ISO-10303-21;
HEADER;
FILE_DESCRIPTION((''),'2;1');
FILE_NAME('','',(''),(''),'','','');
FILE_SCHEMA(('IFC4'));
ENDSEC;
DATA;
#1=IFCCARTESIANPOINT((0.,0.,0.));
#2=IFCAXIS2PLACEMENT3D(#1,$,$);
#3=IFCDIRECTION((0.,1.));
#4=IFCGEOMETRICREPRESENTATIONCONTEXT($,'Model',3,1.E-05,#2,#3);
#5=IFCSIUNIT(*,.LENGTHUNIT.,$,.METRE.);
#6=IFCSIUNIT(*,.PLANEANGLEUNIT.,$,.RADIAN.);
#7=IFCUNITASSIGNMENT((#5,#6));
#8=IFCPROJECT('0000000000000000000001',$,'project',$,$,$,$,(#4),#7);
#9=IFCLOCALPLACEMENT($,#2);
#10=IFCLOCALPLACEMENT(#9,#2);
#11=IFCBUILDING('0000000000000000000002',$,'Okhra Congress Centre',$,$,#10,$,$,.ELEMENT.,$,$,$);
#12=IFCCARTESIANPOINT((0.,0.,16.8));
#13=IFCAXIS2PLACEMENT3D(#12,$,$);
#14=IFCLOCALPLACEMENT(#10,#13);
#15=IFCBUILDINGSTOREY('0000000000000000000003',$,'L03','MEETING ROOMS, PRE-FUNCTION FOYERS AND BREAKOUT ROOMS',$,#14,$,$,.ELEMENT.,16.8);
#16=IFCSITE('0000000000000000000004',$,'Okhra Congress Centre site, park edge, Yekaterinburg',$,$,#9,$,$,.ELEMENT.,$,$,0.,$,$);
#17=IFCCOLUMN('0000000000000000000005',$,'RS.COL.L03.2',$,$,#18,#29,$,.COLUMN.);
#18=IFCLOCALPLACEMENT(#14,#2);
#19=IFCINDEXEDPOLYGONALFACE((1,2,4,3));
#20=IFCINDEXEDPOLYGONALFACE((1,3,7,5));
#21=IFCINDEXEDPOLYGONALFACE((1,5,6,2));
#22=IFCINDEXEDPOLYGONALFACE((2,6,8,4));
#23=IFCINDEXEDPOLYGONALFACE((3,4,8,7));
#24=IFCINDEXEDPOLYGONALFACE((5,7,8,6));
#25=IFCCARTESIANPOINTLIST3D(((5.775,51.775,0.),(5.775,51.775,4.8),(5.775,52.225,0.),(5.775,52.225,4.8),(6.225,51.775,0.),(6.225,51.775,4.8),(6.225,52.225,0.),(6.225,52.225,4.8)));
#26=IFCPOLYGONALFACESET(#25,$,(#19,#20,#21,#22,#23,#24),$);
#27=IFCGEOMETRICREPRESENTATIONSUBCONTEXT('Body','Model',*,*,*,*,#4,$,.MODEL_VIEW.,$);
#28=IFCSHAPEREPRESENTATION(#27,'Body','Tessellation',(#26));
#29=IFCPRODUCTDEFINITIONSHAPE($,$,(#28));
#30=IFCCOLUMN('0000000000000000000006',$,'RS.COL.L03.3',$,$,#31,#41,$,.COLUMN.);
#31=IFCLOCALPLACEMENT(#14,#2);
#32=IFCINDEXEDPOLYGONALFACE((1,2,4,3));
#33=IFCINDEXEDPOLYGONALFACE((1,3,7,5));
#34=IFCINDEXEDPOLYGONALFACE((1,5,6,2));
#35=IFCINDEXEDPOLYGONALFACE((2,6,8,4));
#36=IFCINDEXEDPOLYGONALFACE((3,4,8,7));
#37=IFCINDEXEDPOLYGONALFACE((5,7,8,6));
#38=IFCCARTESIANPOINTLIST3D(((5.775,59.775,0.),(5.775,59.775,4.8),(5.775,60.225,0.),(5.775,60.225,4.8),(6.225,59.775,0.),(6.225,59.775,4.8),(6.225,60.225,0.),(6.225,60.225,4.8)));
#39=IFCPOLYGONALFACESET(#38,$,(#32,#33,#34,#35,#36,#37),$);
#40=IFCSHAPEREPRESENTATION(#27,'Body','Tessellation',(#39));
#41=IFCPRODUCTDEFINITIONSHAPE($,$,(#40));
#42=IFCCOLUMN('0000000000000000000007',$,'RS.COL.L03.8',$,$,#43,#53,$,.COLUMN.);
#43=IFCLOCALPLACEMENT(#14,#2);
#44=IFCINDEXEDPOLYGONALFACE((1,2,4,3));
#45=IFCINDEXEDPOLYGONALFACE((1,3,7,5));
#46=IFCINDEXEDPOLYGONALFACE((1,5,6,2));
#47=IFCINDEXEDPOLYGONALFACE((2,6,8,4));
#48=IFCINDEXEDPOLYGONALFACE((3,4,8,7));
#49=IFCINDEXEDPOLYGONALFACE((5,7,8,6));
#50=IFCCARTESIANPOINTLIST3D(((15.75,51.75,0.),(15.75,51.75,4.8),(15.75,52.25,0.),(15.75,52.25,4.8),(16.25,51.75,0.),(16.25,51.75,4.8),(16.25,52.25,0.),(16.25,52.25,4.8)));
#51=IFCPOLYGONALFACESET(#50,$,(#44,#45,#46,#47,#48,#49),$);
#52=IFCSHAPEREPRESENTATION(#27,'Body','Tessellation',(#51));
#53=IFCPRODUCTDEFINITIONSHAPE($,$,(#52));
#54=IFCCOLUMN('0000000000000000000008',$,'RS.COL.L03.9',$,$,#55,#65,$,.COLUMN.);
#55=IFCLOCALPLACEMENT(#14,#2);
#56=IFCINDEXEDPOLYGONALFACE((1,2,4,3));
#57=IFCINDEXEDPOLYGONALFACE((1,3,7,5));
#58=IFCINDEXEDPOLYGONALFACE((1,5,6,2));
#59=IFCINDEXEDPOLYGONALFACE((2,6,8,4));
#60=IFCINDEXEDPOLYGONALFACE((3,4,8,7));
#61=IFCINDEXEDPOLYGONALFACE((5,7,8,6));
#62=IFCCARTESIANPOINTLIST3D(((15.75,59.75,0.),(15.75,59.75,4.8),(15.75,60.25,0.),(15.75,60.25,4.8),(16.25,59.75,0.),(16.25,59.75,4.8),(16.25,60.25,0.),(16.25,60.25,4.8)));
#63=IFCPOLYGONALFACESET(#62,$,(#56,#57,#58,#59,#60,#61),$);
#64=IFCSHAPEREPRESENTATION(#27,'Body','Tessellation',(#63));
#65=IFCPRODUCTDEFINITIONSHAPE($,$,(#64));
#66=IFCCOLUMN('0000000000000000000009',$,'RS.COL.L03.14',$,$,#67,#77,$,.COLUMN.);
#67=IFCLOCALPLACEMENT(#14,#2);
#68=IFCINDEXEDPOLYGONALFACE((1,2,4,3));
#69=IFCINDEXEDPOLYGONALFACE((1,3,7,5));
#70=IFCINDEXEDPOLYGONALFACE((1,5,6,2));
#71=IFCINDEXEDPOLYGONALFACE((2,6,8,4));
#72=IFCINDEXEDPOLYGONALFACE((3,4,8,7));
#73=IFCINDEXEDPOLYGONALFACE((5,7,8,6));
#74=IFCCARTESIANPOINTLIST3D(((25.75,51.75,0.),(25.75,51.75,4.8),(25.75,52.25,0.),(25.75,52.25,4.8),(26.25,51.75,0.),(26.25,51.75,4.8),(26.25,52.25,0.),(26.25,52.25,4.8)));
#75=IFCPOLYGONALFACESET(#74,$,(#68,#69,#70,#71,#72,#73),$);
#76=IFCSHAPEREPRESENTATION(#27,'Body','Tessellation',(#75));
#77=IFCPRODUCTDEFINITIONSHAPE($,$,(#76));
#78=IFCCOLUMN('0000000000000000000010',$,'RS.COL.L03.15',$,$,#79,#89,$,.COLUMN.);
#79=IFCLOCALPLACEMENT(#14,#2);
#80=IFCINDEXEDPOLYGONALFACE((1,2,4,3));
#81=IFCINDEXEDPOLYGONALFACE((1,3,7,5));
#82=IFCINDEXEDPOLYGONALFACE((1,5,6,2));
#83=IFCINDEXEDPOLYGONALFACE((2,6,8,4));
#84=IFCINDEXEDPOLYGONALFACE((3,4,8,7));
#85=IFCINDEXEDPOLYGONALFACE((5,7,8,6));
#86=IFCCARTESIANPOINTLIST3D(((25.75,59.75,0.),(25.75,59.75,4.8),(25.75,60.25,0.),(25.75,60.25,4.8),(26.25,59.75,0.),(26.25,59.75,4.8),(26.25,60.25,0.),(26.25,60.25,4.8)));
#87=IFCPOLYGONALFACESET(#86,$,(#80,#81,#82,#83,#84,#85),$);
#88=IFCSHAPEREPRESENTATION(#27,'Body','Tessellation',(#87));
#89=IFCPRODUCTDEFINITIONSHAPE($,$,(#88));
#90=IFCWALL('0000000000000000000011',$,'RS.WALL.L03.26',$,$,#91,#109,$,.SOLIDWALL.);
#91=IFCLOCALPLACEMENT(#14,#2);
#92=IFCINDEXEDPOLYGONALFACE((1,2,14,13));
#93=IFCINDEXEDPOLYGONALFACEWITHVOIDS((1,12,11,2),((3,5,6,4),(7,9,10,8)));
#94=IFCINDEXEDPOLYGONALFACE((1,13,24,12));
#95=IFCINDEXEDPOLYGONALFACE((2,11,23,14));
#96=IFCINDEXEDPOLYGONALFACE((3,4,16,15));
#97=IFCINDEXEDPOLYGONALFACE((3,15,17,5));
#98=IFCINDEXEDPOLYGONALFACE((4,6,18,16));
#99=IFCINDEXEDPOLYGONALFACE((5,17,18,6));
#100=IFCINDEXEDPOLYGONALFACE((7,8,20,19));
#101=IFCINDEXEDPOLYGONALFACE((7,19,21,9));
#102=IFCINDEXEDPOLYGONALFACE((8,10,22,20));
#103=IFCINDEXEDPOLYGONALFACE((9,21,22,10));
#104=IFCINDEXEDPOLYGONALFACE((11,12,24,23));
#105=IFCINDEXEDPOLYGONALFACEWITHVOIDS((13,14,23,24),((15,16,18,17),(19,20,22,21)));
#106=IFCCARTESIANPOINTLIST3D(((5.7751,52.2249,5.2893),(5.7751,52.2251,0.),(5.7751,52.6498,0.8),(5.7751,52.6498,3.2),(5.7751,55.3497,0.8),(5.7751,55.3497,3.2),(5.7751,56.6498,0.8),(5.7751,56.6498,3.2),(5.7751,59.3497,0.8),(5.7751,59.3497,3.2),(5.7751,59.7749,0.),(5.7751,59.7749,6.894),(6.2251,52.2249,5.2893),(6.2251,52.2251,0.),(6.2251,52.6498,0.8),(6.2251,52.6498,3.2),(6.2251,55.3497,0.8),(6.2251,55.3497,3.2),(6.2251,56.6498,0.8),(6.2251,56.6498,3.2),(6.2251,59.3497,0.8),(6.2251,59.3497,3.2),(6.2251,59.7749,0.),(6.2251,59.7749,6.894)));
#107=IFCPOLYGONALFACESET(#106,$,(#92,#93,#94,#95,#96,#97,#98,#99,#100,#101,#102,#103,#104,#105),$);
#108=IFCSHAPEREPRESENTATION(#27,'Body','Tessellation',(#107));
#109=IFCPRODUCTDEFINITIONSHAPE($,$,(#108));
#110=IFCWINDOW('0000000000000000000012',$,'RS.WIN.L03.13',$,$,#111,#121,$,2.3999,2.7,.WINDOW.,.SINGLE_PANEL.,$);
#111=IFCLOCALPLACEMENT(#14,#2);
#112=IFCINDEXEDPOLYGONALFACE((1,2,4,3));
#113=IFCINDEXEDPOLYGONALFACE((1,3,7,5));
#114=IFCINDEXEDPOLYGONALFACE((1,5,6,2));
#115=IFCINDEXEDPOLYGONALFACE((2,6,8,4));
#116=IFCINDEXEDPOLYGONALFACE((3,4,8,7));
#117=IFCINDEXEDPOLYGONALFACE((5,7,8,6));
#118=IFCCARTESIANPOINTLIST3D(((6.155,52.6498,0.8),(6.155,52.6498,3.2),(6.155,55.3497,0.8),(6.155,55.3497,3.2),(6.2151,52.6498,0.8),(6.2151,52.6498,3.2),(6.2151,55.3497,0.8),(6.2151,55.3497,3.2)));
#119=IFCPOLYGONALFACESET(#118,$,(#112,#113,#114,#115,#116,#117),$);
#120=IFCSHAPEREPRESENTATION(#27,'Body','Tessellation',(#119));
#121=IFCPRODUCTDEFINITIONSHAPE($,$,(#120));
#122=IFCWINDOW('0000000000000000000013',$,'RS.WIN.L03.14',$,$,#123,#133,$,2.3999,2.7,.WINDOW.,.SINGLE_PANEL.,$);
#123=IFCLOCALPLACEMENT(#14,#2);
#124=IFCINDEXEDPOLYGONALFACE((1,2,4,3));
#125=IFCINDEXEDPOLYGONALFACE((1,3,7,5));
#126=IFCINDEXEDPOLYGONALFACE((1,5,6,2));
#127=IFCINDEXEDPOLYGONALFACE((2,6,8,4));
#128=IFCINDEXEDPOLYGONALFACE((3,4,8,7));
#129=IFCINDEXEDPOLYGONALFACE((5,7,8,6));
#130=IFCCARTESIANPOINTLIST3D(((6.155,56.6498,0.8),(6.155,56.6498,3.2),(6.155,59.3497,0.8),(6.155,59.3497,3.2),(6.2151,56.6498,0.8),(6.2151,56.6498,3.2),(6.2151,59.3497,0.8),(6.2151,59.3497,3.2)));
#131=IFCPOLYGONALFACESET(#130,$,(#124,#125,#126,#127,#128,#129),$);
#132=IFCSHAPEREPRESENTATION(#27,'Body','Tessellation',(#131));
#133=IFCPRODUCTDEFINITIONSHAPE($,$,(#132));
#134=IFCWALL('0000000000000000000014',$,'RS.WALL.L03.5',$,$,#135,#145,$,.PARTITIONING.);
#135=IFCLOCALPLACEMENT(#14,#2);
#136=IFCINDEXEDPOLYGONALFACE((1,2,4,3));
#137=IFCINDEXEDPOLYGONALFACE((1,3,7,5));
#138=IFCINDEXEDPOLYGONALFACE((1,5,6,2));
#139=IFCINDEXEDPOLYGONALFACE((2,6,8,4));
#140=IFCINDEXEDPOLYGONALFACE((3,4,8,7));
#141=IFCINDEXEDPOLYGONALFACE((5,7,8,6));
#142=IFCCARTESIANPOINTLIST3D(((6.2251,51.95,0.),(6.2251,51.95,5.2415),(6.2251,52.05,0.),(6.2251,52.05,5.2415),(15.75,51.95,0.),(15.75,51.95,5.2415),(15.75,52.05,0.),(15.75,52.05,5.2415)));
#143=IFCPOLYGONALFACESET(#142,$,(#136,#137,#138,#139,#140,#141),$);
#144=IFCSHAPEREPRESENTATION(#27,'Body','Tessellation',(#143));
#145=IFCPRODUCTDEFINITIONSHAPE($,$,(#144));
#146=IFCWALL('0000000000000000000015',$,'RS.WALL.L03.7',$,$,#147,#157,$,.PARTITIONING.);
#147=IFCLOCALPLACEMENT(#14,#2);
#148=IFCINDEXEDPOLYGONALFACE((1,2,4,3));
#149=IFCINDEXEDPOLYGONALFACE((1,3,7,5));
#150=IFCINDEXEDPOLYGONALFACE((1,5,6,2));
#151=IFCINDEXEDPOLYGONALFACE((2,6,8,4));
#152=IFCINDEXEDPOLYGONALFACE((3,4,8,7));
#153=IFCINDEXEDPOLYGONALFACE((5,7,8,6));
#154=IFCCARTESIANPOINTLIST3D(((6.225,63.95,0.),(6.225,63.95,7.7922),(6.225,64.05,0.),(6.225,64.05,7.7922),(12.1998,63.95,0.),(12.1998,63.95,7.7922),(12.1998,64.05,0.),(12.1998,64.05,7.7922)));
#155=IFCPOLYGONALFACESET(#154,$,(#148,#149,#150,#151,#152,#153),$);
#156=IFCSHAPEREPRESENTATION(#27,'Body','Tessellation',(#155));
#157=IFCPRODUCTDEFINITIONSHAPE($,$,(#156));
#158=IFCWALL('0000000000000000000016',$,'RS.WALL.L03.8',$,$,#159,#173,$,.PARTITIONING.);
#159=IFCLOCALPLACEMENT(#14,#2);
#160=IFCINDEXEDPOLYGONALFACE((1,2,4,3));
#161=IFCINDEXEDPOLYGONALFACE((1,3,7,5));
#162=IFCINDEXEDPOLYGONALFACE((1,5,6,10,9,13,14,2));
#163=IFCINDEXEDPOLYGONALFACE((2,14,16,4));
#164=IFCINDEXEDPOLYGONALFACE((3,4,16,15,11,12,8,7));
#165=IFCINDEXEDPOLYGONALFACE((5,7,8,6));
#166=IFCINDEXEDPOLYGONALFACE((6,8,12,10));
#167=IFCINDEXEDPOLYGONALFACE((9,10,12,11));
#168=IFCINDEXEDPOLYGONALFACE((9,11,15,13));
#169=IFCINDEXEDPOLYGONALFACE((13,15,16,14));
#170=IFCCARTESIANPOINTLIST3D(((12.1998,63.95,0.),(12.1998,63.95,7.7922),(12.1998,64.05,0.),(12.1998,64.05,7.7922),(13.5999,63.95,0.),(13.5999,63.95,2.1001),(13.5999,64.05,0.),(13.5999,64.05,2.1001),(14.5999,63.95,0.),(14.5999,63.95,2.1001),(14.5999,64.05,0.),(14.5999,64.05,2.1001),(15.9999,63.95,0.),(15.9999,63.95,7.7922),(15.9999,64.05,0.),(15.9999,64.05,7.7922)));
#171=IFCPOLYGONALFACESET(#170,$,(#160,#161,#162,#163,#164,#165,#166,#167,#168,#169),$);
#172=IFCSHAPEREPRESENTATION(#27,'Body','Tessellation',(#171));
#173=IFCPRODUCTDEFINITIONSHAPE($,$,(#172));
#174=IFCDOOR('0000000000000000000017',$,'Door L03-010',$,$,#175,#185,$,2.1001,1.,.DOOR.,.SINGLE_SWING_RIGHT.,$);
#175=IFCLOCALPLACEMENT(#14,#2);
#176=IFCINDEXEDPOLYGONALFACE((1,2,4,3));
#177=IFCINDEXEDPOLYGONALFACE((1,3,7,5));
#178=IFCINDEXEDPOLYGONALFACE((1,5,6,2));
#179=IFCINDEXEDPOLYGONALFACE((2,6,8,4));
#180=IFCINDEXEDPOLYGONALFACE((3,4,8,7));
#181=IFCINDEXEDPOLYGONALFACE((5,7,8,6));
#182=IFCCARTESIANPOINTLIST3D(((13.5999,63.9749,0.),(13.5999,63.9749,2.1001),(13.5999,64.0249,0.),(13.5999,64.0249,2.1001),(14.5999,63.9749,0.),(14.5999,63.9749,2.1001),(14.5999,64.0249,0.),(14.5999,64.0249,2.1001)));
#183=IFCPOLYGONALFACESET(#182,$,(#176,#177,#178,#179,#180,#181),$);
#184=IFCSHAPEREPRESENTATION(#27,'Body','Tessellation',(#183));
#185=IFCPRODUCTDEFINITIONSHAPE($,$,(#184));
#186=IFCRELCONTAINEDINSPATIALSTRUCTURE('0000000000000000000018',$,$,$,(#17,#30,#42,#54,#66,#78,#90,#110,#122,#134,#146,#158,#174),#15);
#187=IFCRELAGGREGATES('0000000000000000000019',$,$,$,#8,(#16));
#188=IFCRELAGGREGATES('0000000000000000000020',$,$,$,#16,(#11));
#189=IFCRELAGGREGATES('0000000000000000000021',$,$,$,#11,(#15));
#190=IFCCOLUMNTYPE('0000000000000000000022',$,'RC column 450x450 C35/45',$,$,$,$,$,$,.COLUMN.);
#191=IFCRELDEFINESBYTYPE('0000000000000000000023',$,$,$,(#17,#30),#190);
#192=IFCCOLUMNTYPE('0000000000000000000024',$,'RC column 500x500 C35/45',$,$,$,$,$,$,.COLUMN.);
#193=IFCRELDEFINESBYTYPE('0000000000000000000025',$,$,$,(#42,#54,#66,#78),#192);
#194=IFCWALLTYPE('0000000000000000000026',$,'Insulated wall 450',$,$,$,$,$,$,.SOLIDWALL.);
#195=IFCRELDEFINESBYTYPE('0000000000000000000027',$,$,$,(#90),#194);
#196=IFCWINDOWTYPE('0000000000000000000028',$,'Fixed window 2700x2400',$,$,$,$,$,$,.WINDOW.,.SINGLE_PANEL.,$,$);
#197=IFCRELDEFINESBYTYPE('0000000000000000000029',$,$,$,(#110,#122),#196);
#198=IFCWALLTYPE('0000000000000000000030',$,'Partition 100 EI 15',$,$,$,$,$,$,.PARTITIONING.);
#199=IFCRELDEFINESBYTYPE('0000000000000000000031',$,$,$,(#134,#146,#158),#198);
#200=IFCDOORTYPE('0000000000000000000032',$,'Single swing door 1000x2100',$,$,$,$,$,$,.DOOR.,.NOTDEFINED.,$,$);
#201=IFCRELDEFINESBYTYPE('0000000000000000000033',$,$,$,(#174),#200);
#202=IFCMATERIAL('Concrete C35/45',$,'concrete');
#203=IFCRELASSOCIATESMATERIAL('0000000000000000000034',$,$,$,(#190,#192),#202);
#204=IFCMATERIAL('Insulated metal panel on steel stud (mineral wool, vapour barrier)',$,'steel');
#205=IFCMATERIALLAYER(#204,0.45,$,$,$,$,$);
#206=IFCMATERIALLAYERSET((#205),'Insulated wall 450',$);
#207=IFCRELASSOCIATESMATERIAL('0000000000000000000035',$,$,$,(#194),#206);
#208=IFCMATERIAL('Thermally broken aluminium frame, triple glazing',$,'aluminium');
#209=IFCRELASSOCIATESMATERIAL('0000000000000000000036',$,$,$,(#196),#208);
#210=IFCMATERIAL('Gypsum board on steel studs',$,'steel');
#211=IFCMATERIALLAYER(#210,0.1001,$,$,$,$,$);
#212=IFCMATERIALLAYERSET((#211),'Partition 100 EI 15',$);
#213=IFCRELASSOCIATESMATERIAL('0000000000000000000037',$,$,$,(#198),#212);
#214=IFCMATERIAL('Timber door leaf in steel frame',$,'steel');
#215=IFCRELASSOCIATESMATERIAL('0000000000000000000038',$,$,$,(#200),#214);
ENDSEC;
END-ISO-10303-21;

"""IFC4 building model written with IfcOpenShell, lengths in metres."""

from ifc_helpers import new_model, si_unit, direction, frame, frame_2d, origin, origin_2d, place, context, subcontext, project, spatial, polyline, rectangle, outline, extrude, material, layer, layer_set, material_profile, profile_set, type_object, element, fill, save


model = new_model("IFC4")

# Units and contexts
model_context = context("Model", 3, precision=1e-05, world=origin(), true_north=direction((0.0, 1.0)))
body_context = subcontext(model_context, "Body", "Model", "MODEL_VIEW")
ifc_project = project(units=[si_unit("LENGTHUNIT", "METRE"), si_unit("PLANEANGLEUNIT", "RADIAN")], contexts=[model_context])

# Site, building, storey
site_placement = place(None, origin())
site = spatial("IfcSite", under=ifc_project, at=site_placement, Name="Okhra Congress Centre site, park edge, Yekaterinburg", CompositionType="ELEMENT", RefElevation=0.0)
building_placement = place(site_placement, origin())
building = spatial("IfcBuilding", under=site, at=building_placement, Name="Okhra Congress Centre", CompositionType="ELEMENT")
storey_placement = place(building_placement, frame((0.0, 0.0, 16.8)))
storey = spatial("IfcBuildingStorey", under=building, at=storey_placement, Name="L03", Description="MEETING ROOMS, PRE-FUNCTION FOYERS AND BREAKOUT ROOMS", CompositionType="ELEMENT", Elevation=16.8)

# Columns
ifc_material_1 = material(Name="Concrete C35/45", Category="concrete")
ifc_material_profile_1 = material_profile(ifc_material_1, rectangle(XDim=0.45, YDim=0.45, at=origin_2d()), Name="RC 450x450")
ifc_profile_set_1 = profile_set([ifc_material_profile_1], Name="Concrete C35/45")
column_type_1 = type_object("IfcColumnType", Name="RC column 450x450 C35/45", PredefinedType="COLUMN", material=ifc_profile_set_1)
for number, where, z_axis, x_axis, name in (
    (1, (6.0, 52.0, 0.0), (0.0, 0.0, 1.0), (1.0, 0.0, 0.0), "RS.COL.L03.2"),
    (2, (6.0, 60.0, 0.0), (0.0, 0.0, 1.0), (1.0, 0.0, 0.0), "RS.COL.L03.3"),
):
    element("IfcColumn", number, at=place(storey_placement, frame(where, z_axis=z_axis, x_axis=x_axis)), inside=storey, type_object=column_type_1, Name=name, PredefinedType="COLUMN", context=body_context, shape_type="SweptSolid", body=[
        extrude(rectangle(XDim=0.45, YDim=0.45, at=origin_2d()), origin(), (0.0, 0.0, 1.0), 4.8),
    ])
ifc_material_profile_2 = material_profile(ifc_material_1, rectangle(XDim=0.5, YDim=0.5, at=origin_2d()), Name="RC 500x500")
ifc_profile_set_2 = profile_set([ifc_material_profile_2], Name="Concrete C35/45")
column_type_2 = type_object("IfcColumnType", Name="RC column 500x500 C35/45", PredefinedType="COLUMN", material=ifc_profile_set_2)
for number, where, z_axis, x_axis, name in (
    (3, (16.0, 52.0, 0.0), (0.0, 0.0, 1.0), (1.0, 0.0, 0.0), "RS.COL.L03.8"),
    (4, (16.0, 60.0, 0.0), (0.0, 0.0, 1.0), (1.0, 0.0, 0.0), "RS.COL.L03.9"),
    (5, (26.0, 52.0, 0.0), (0.0, 0.0, 1.0), (1.0, 0.0, 0.0), "RS.COL.L03.14"),
    (6, (26.0, 60.0, 0.0), (0.0, 0.0, 1.0), (1.0, 0.0, 0.0), "RS.COL.L03.15"),
):
    element("IfcColumn", number, at=place(storey_placement, frame(where, z_axis=z_axis, x_axis=x_axis)), inside=storey, type_object=column_type_2, Name=name, PredefinedType="COLUMN", context=body_context, shape_type="SweptSolid", body=[
        extrude(rectangle(XDim=0.5, YDim=0.5, at=origin_2d()), origin(), (0.0, 0.0, 1.0), 4.8),
    ])

# Wall, openings, windows
ifc_material_2 = material(Name="Insulated metal panel on steel stud (mineral wool, vapour barrier)", Category="steel")
ifc_layer_1 = layer(ifc_material_2, 0.45)
ifc_layer_set_1 = layer_set([ifc_layer_1], Name="Insulated wall 450")
wall_type_1 = type_object("IfcWallType", Name="Insulated wall 450", PredefinedType="SOLIDWALL", material=ifc_layer_set_1)
wall_1_placement = place(storey_placement, frame((6.0, 59.7749, 0.0), z_axis=(0.0, 0.0, 1.0), x_axis=(0.0, -1.0, 0.0)))
wall_1 = element("IfcWall", 7, at=wall_1_placement, inside=storey, type_object=wall_type_1, Name="RS.WALL.L03.26", PredefinedType="SOLIDWALL", context=body_context, shape_type="SweptSolid", body=[
    extrude(outline(polyline([(0.0, 0.0), (7.5498, 0.0), (7.55, 5.2893), (0.0, 6.894), (0.0, 0.0)])), frame((0.0, 0.2251, 0.0), z_axis=(0.0, -1.0, 0.0), x_axis=(1.0, 0.0, 0.0)), (0.0, 0.0, 1.0), 0.45),
])
opening_1_placement = place(wall_1_placement, frame((4.425, 0.0, 0.8)))
opening_1 = element("IfcOpeningElement", 8, at=opening_1_placement, cuts=wall_1, PredefinedType="OPENING", context=body_context, shape_type="SweptSolid", body=[
    extrude(rectangle(XDim=2.7, YDim=2.3999, at=frame_2d((1.3501, 1.2))), frame((0.0, 0.2349, 0.0), z_axis=(0.0, -1.0, 0.0), x_axis=(1.0, 0.0, 0.0)), (0.0, 0.0, 1.0), 0.47),
])
opening_2_placement = place(wall_1_placement, frame((0.425, 0.0, 0.8)))
opening_2 = element("IfcOpeningElement", 9, at=opening_2_placement, cuts=wall_1, PredefinedType="OPENING", context=body_context, shape_type="SweptSolid", body=[
    extrude(rectangle(XDim=2.7, YDim=2.3999, at=frame_2d((1.3501, 1.2))), frame((0.0, 0.2349, 0.0), z_axis=(0.0, -1.0, 0.0), x_axis=(1.0, 0.0, 0.0)), (0.0, 0.0, 1.0), 0.47),
])
ifc_material_3 = material(Name="Thermally broken aluminium frame, triple glazing", Category="aluminium")
window_type = type_object("IfcWindowType", Name="Fixed window 2700x2400", PartitioningType="SINGLE_PANEL", PredefinedType="WINDOW", material=ifc_material_3)
window_1_placement = place(opening_1_placement, origin())
window_1 = element("IfcWindow", 10, at=window_1_placement, inside=storey, type_object=window_type, Name="RS.WIN.L03.13", OverallHeight=2.3999, OverallWidth=2.7, PartitioningType="SINGLE_PANEL", PredefinedType="WINDOW", context=body_context, shape_type="SweptSolid", body=[
    extrude(rectangle(XDim=2.7, YDim=2.3999, at=frame_2d((1.3501, 1.2))), frame((0.0, 0.2151, 0.0), z_axis=(0.0, -1.0, 0.0), x_axis=(1.0, 0.0, 0.0)), (0.0, 0.0, 1.0), 0.0601),
])
fill(opening_1, window_1)
window_2_placement = place(opening_2_placement, origin())
window_2 = element("IfcWindow", 11, at=window_2_placement, inside=storey, type_object=window_type, Name="RS.WIN.L03.14", OverallHeight=2.3999, OverallWidth=2.7, PartitioningType="SINGLE_PANEL", PredefinedType="WINDOW", context=body_context, shape_type="SweptSolid", body=[
    extrude(rectangle(XDim=2.7, YDim=2.3999, at=frame_2d((1.3501, 1.2))), frame((0.0, 0.2151, 0.0), z_axis=(0.0, -1.0, 0.0), x_axis=(1.0, 0.0, 0.0)), (0.0, 0.0, 1.0), 0.0601),
])
fill(opening_2, window_2)

# Walls
ifc_material_4 = material(Name="Gypsum board on steel studs", Category="steel")
ifc_layer_2 = layer(ifc_material_4, 0.1001)
ifc_layer_set_2 = layer_set([ifc_layer_2], Name="Partition 100 EI 15")
wall_type_2 = type_object("IfcWallType", Name="Partition 100 EI 15", PredefinedType="PARTITIONING", material=ifc_layer_set_2)
wall_2_placement = place(storey_placement, frame((6.2251, 52.0, 0.0), z_axis=(0.0, 0.0, 1.0), x_axis=(1.0, 0.0, 0.0)))
element("IfcWall", 12, at=wall_2_placement, inside=storey, type_object=wall_type_2, Name="RS.WALL.L03.5", PredefinedType="PARTITIONING", context=body_context, shape_type="SweptSolid", body=[
    extrude(rectangle(XDim=9.5249, YDim=0.1001, at=frame_2d((4.7625, 0.0))), origin(), (0.0, 0.0, 1.0), 5.2415),
])
wall_3_placement = place(storey_placement, frame((6.2251, 64.0, 0.0), z_axis=(0.0, 0.0, 1.0), x_axis=(1.0, 0.0, 0.0)))
element("IfcWall", 13, at=wall_3_placement, inside=storey, type_object=wall_type_2, Name="RS.WALL.L03.7", PredefinedType="PARTITIONING", context=body_context, shape_type="SweptSolid", body=[
    extrude(rectangle(XDim=5.9749, YDim=0.1001, at=frame_2d((2.9873, 0.0))), origin(), (0.0, 0.0, 1.0), 7.7922),
])

# Wall, opening, door
wall_4_placement = place(storey_placement, frame((12.2, 64.0, 0.0), z_axis=(0.0, 0.0, 1.0), x_axis=(1.0, 0.0, 0.0)))
wall_4 = element("IfcWall", 14, at=wall_4_placement, inside=storey, type_object=wall_type_2, Name="RS.WALL.L03.8", PredefinedType="PARTITIONING", context=body_context, shape_type="SweptSolid", body=[
    extrude(rectangle(XDim=3.8, YDim=0.1001, at=frame_2d((1.8999, 0.0))), origin(), (0.0, 0.0, 1.0), 7.7922),
])
opening_3_placement = place(wall_4_placement, frame((1.3999, 0.0, 0.0)))
opening_3 = element("IfcOpeningElement", 15, at=opening_3_placement, cuts=wall_4, PredefinedType="OPENING", context=body_context, shape_type="SweptSolid", body=[
    extrude(rectangle(XDim=1.0, YDim=2.1001, at=frame_2d((0.5, 1.05))), frame((0.0, 0.0601, 0.0), z_axis=(0.0, -1.0, 0.0), x_axis=(1.0, 0.0, 0.0)), (0.0, 0.0, 1.0), 0.1201),
])
ifc_material_5 = material(Name="Timber door leaf in steel frame", Category="steel")
door_type_1 = type_object("IfcDoorType", Name="Single swing door 1000x2100", OperationType="NOTDEFINED", PredefinedType="DOOR", material=ifc_material_5)
door_1_placement = place(opening_3_placement, origin())
door_1 = element("IfcDoor", 16, at=door_1_placement, inside=storey, type_object=door_type_1, Name="Door L03-010", OperationType="SINGLE_SWING_RIGHT", OverallHeight=2.1001, OverallWidth=1.0, PredefinedType="DOOR", context=body_context, shape_type="SweptSolid", body=[
    extrude(rectangle(XDim=1.0, YDim=2.1001, at=frame_2d((0.5, 1.05))), frame((0.0, 0.0249, 0.0), z_axis=(0.0, -1.0, 0.0), x_axis=(1.0, 0.0, 0.0)), (0.0, 0.0, 1.0), 0.05),
])
fill(opening_3, door_1)

save(model, "model.ifc")
